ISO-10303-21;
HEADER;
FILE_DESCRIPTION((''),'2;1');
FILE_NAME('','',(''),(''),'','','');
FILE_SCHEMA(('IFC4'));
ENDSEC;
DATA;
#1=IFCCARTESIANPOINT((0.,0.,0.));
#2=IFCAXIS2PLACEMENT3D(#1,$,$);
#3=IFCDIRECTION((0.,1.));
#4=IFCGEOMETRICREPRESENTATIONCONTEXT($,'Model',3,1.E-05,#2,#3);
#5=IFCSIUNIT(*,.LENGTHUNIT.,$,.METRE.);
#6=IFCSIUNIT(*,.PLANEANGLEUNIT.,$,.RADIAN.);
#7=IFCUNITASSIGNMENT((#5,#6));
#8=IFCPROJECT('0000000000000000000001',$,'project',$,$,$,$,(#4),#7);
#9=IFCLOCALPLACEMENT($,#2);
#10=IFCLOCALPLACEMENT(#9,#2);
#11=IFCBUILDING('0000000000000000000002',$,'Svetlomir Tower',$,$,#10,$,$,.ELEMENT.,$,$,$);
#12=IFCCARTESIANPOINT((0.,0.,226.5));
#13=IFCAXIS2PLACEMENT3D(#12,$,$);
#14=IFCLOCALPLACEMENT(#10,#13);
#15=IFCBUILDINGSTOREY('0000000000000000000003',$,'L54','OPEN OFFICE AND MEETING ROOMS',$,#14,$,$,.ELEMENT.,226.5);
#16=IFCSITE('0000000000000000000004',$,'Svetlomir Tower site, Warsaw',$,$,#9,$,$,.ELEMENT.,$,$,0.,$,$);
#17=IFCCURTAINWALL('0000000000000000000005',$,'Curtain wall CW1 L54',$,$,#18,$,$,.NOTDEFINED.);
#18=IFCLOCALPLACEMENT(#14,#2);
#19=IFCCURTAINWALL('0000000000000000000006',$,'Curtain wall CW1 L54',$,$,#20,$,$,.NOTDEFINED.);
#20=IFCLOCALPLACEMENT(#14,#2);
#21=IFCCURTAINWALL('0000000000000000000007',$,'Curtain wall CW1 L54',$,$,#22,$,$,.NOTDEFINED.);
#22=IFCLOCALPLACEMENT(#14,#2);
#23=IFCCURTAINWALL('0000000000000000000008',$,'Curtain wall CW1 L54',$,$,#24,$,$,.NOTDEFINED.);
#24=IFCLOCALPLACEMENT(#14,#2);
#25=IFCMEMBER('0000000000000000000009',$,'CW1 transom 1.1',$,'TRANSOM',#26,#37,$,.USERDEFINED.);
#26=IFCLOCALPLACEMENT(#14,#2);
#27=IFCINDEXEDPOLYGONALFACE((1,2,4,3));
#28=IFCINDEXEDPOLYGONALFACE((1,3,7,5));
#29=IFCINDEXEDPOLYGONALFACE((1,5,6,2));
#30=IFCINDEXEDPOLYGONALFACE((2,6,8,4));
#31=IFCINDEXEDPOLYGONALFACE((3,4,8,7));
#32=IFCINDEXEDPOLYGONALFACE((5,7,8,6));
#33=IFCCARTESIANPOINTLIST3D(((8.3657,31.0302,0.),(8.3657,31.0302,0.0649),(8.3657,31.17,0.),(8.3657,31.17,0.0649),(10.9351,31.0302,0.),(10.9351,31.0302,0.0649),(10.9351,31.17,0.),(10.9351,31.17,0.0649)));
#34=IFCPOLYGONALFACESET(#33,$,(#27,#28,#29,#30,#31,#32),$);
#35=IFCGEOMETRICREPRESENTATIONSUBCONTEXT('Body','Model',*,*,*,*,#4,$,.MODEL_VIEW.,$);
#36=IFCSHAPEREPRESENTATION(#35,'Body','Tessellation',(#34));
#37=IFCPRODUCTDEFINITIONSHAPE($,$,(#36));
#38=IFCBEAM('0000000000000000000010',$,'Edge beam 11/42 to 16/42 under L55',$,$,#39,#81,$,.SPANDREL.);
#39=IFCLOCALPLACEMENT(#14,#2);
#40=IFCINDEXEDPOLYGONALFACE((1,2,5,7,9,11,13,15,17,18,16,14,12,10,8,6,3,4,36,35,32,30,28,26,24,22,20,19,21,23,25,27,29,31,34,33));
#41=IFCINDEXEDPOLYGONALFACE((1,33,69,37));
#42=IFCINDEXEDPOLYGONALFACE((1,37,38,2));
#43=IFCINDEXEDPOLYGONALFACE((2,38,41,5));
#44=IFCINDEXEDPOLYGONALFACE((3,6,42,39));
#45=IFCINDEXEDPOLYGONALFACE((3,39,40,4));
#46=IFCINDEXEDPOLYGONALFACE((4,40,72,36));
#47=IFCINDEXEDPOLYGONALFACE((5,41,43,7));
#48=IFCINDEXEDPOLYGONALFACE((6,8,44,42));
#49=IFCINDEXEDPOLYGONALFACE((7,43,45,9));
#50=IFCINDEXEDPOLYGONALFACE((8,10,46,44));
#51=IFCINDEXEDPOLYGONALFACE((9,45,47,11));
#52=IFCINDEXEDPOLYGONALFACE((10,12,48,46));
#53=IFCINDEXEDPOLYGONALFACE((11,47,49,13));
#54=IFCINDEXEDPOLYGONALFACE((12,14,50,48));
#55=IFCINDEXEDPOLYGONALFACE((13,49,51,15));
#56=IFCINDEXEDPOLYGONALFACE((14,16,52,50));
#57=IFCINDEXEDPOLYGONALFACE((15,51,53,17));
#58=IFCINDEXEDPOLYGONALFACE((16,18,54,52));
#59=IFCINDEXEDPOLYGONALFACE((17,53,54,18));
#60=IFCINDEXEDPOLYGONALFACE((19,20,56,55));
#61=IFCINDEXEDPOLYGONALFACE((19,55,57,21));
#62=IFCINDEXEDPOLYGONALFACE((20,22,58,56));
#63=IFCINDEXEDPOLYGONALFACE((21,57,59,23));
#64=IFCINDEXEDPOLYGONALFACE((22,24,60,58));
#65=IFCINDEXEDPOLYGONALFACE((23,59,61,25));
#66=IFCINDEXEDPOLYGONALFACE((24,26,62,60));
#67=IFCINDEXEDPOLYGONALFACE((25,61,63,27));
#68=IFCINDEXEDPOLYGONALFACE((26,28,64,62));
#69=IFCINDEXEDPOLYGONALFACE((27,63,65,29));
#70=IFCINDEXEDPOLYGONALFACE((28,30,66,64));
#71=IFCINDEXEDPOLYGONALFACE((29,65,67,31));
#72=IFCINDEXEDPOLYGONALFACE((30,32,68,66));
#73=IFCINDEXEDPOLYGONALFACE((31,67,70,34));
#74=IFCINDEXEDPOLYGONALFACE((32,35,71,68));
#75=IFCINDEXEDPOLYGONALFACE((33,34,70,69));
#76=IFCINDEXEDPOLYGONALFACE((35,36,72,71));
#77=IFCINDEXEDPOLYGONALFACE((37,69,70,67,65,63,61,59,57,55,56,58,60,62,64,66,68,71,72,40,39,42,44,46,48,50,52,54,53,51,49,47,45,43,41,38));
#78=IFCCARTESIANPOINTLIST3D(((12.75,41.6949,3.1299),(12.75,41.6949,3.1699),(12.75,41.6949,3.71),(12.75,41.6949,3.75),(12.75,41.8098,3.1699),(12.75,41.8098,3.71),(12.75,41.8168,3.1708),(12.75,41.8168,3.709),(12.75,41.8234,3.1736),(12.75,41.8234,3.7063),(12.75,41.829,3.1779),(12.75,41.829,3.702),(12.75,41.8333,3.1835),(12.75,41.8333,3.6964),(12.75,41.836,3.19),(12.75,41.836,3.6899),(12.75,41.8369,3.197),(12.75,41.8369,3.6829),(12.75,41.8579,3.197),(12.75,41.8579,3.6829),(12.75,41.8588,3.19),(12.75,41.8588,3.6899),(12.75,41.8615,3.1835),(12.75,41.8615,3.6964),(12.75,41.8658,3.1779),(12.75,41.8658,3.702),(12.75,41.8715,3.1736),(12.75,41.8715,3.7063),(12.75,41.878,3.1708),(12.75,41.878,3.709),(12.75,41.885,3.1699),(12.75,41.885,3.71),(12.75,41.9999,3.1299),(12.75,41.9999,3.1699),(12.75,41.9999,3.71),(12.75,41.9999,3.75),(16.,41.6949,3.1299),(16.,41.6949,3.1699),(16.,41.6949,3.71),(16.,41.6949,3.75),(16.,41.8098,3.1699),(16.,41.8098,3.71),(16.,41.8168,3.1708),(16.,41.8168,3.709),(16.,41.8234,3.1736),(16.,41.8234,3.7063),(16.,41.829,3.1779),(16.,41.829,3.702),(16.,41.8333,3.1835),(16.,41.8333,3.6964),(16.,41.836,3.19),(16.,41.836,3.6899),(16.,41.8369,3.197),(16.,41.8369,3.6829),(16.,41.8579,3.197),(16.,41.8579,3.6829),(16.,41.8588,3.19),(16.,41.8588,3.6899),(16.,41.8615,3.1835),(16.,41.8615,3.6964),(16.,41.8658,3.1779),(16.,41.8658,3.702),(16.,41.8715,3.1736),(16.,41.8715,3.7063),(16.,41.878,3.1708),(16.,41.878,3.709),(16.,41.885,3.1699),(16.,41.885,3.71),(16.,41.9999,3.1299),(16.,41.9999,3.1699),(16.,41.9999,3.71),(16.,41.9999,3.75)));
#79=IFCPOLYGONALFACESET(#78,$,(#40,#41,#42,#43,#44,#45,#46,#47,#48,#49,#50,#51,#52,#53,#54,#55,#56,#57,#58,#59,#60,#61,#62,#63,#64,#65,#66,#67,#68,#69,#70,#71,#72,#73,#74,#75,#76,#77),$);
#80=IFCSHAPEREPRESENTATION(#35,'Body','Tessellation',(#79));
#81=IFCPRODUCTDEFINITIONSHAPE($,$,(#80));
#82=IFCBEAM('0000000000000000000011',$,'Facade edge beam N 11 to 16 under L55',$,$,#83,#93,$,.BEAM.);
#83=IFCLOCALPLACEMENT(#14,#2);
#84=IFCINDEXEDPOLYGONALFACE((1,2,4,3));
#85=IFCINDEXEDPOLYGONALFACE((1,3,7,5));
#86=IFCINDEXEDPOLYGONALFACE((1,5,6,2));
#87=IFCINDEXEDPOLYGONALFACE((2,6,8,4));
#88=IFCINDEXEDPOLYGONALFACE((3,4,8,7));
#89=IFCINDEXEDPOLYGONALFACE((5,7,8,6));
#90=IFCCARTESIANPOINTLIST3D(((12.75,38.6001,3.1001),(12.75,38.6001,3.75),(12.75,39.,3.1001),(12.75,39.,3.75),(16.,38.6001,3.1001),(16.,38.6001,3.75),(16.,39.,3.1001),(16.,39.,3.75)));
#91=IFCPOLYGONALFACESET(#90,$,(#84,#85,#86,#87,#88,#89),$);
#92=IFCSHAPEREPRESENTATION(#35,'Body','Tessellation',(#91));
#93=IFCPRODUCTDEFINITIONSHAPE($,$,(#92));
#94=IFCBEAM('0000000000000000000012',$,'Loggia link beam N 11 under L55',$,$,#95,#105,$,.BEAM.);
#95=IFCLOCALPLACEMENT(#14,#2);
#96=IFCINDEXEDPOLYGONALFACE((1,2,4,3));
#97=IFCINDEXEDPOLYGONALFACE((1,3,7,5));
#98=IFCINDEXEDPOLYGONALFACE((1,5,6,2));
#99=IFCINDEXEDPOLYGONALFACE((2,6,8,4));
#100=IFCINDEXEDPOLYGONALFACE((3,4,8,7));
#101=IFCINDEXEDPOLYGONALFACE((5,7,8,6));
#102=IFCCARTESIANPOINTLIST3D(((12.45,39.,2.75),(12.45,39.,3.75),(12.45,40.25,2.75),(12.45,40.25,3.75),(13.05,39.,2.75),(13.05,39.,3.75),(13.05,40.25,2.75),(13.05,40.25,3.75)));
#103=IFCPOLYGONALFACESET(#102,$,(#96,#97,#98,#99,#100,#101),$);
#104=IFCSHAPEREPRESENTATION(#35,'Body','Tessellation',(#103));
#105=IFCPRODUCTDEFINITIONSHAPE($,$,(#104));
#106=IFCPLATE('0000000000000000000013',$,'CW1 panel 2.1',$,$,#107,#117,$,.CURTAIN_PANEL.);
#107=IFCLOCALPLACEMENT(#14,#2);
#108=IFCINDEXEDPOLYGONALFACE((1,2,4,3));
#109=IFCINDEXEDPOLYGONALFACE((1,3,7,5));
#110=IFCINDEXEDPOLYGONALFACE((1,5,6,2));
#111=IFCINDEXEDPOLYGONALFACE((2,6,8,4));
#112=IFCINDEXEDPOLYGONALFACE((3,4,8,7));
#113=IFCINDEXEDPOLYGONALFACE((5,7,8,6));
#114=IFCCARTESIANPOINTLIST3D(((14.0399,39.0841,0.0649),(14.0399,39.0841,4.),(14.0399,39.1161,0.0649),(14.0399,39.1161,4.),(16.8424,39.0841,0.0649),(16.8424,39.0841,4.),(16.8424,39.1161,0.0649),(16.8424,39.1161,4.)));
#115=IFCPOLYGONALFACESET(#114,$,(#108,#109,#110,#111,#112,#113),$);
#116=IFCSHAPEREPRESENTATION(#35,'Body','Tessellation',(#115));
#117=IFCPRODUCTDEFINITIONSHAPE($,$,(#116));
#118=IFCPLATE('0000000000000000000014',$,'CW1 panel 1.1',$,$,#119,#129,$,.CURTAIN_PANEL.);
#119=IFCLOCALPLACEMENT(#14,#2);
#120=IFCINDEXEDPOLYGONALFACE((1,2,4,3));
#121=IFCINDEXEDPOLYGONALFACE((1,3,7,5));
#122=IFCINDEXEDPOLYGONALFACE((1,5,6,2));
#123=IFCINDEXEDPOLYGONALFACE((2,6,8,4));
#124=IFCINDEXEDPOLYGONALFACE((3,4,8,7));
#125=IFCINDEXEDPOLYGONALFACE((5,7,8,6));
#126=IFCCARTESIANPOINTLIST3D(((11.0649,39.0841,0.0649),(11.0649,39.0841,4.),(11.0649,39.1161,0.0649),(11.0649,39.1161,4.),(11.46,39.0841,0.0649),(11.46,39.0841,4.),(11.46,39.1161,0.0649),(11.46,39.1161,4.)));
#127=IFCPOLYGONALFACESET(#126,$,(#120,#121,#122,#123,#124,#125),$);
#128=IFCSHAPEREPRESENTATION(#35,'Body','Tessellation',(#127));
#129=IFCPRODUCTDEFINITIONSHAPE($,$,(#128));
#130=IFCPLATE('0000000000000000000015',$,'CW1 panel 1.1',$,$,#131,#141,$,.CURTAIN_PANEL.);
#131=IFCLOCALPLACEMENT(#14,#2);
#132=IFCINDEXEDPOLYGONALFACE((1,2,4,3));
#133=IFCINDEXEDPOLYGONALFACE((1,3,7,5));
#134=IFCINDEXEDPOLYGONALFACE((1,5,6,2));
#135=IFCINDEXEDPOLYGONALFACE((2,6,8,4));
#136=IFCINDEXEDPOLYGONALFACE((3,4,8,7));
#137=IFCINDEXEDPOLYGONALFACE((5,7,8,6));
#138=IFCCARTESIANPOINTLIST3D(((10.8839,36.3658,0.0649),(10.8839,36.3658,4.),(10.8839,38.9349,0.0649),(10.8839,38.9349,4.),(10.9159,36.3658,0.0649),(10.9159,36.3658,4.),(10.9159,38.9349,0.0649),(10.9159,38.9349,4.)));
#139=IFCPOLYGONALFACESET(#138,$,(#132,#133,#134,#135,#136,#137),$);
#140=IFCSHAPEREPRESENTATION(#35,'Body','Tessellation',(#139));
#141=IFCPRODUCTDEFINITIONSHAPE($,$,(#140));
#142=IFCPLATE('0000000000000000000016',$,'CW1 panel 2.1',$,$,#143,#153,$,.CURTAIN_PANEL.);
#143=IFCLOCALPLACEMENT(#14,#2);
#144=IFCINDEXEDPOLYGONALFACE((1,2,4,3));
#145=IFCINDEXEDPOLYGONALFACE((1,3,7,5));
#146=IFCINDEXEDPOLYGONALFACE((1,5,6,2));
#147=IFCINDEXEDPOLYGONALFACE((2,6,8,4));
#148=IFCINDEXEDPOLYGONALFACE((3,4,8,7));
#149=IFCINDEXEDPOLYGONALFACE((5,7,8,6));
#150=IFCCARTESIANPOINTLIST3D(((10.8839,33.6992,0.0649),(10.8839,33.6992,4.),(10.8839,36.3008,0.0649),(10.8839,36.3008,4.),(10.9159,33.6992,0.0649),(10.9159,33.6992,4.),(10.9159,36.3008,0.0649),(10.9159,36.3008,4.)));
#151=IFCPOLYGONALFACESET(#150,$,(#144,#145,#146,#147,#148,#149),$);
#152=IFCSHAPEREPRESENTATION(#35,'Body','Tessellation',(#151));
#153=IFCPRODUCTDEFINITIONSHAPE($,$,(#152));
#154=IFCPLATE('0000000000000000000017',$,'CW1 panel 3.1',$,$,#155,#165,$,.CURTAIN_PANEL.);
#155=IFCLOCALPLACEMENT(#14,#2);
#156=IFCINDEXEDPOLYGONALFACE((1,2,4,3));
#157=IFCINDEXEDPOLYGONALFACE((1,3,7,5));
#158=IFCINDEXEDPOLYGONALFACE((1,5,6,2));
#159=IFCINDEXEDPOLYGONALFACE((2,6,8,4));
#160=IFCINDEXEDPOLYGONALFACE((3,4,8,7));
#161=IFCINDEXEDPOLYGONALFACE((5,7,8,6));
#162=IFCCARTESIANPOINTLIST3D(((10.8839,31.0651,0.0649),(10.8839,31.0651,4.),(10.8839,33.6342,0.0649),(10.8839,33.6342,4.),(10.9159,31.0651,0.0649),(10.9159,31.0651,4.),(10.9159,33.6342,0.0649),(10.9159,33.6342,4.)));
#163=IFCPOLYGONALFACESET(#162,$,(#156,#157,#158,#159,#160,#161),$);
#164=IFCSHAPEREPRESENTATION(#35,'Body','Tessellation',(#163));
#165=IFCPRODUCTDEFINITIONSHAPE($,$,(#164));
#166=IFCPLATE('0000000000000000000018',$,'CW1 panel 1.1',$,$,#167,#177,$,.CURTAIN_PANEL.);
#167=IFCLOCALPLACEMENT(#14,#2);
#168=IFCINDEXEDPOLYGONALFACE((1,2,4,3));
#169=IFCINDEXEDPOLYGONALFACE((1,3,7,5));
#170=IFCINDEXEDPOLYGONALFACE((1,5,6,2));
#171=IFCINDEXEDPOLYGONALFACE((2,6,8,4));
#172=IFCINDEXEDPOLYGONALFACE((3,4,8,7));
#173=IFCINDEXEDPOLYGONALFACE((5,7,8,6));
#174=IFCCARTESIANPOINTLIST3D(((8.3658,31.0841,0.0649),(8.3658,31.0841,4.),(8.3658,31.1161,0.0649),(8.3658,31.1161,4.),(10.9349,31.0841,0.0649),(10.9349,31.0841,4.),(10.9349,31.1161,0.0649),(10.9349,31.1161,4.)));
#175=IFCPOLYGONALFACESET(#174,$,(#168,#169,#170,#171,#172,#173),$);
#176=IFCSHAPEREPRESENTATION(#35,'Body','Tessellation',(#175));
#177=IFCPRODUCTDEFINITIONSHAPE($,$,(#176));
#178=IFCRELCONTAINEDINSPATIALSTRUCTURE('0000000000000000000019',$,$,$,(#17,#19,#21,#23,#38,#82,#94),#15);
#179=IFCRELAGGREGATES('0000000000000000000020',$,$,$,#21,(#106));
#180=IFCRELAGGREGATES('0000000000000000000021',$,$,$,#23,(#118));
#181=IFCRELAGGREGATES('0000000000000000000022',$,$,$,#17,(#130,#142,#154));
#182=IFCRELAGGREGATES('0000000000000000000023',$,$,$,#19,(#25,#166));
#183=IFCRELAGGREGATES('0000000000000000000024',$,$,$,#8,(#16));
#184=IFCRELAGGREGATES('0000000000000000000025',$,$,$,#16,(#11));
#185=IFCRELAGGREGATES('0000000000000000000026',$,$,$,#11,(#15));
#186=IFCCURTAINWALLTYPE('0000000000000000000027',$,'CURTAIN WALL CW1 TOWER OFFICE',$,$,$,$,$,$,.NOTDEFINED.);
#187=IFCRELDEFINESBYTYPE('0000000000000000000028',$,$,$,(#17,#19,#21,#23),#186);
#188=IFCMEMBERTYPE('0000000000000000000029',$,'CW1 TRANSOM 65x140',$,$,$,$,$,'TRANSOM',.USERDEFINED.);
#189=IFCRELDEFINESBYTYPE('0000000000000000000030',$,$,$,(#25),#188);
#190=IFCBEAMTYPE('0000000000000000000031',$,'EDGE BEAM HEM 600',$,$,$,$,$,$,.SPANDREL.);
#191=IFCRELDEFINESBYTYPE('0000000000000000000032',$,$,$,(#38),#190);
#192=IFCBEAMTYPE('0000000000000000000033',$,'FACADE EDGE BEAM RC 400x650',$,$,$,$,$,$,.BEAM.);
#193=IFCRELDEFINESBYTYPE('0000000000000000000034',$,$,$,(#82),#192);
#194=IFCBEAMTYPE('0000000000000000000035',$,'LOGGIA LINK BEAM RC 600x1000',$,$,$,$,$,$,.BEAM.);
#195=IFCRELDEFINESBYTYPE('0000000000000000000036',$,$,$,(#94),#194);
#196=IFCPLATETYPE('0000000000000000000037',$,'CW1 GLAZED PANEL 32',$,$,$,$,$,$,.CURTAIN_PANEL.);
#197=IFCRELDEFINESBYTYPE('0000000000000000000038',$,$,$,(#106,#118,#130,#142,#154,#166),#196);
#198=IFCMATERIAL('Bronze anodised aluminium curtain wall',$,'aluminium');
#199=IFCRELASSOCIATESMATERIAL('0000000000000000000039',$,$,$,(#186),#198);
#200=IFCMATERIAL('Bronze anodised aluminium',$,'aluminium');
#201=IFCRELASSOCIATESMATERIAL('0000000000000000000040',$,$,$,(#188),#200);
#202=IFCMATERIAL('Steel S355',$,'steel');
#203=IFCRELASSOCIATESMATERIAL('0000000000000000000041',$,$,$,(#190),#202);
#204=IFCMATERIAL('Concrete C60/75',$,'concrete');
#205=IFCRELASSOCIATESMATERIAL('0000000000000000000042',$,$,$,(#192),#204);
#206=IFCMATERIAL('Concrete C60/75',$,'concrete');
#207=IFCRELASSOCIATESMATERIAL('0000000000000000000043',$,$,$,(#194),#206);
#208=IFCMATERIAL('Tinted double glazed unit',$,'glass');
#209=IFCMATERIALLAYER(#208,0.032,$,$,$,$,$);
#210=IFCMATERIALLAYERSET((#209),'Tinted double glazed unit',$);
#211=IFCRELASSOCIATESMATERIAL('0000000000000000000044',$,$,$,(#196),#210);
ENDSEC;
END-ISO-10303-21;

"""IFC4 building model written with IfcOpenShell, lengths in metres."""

from ifc_helpers import new_model, si_unit, direction, frame, origin, origin_2d, place, context, subcontext, project, spatial, rectangle, i_section, extrude, material, layer, layer_set, material_profile, profile_set, type_object, element, aggregate, save


model = new_model("IFC4")

# Units and contexts
model_context = context("Model", 3, precision=1e-05, world=origin(), true_north=direction((0.0, 1.0)))
body_context = subcontext(model_context, "Body", "Model", "MODEL_VIEW")
ifc_project = project(units=[si_unit("LENGTHUNIT", "METRE"), si_unit("PLANEANGLEUNIT", "RADIAN")], contexts=[model_context])

# Site, building, storey
site_placement = place(None, origin())
site = spatial("IfcSite", under=ifc_project, at=site_placement, Name="Svetlomir Tower site, Warsaw", CompositionType="ELEMENT", RefElevation=0.0)
building_placement = place(site_placement, origin())
building = spatial("IfcBuilding", under=site, at=building_placement, Name="Svetlomir Tower", CompositionType="ELEMENT")
storey_placement = place(building_placement, frame((0.0, 0.0, 226.5)))
storey = spatial("IfcBuildingStorey", under=building, at=storey_placement, Name="L54", Description="OPEN OFFICE AND MEETING ROOMS", CompositionType="ELEMENT", Elevation=226.5)

# Curtain walls
ifc_material_1 = material(Name="Bronze anodised aluminium curtain wall", Category="aluminium")
curtain_wall_type = type_object("IfcCurtainWallType", Name="CURTAIN WALL CW1 TOWER OFFICE", PredefinedType="NOTDEFINED", material=ifc_material_1)
curtain_wall_1_placement = place(storey_placement, origin())
curtain_wall_1 = element("IfcCurtainWall", 1, at=curtain_wall_1_placement, inside=storey, type_object=curtain_wall_type, Name="Curtain wall CW1 L54", PredefinedType="NOTDEFINED")
curtain_wall_2_placement = place(storey_placement, origin())
curtain_wall_2 = element("IfcCurtainWall", 2, at=curtain_wall_2_placement, inside=storey, type_object=curtain_wall_type, Name="Curtain wall CW1 L54", PredefinedType="NOTDEFINED")
curtain_wall_3_placement = place(storey_placement, origin())
curtain_wall_3 = element("IfcCurtainWall", 3, at=curtain_wall_3_placement, inside=storey, type_object=curtain_wall_type, Name="Curtain wall CW1 L54", PredefinedType="NOTDEFINED")

# Curtain wall
curtain_wall_4_placement = place(storey_placement, origin())
curtain_wall_4 = element("IfcCurtainWall", 4, at=curtain_wall_4_placement, inside=storey, type_object=curtain_wall_type, Name="Curtain wall CW1 L54", PredefinedType="NOTDEFINED")

# Member
ifc_material_2 = material(Name="Bronze anodised aluminium", Category="aluminium")
ifc_material_profile_1 = material_profile(ifc_material_2, rectangle(XDim=0.1399, YDim=0.0649, at=origin_2d()), Name="AL 140x65")
ifc_profile_set_1 = profile_set([ifc_material_profile_1], Name="Bronze anodised aluminium 6063-T6")
member_type_1 = type_object("IfcMemberType", Name="CW1 TRANSOM 65x140", ElementType="TRANSOM", PredefinedType="USERDEFINED", material=ifc_profile_set_1)
member_1_placement = place(storey_placement, frame((10.9351, 31.1001, 0.0325), z_axis=(-1.0, 0.0, 0.0), x_axis=(0.0, -1.0, 0.0)))
member_1 = element("IfcMember", 5, at=member_1_placement, type_object=member_type_1, Name="CW1 transom 1.1", ObjectType="TRANSOM", PredefinedType="USERDEFINED", context=body_context, shape_type="SweptSolid", body=[
    extrude(rectangle(XDim=0.1399, YDim=0.0649, at=origin_2d()), origin(), (0.0, 0.0, 1.0), 2.5693),
])

# Beams
ifc_material_3 = material(Name="Steel S355", Category="steel")
ifc_material_profile_2 = material_profile(ifc_material_3, i_section(OverallWidth=0.3049, OverallDepth=0.6201, WebThickness=0.021, FlangeThickness=0.04, FilletRadius=0.0271, at=origin_2d()), Name="HEM 600")
ifc_profile_set_2 = profile_set([ifc_material_profile_2], Name="Steel S355")
beam_type_1 = type_object("IfcBeamType", Name="EDGE BEAM HEM 600", PredefinedType="SPANDREL", material=ifc_profile_set_2)
beam_1_placement = place(storey_placement, frame((12.75, 41.8474, 3.4399), z_axis=(1.0, 0.0, 0.0), x_axis=(0.0, 1.0, 0.0)))
element("IfcBeam", 6, at=beam_1_placement, inside=storey, type_object=beam_type_1, Name="Edge beam 11/42 to 16/42 under L55", PredefinedType="SPANDREL", context=body_context, shape_type="SweptSolid", body=[
    extrude(i_section(OverallWidth=0.3049, OverallDepth=0.6201, WebThickness=0.021, FlangeThickness=0.04, FilletRadius=0.0271, at=origin_2d()), origin(), (0.0, 0.0, 1.0), 3.25),
])
ifc_material_4 = material(Name="Concrete C60/75", Category="concrete")
ifc_material_profile_3 = material_profile(ifc_material_4, rectangle(XDim=0.3999, YDim=0.6499, at=origin_2d()), Name="RC 400x650")
ifc_profile_set_3 = profile_set([ifc_material_profile_3], Name="Concrete C60/75")
beam_type_2 = type_object("IfcBeamType", Name="FACADE EDGE BEAM RC 400x650", PredefinedType="BEAM", material=ifc_profile_set_3)
beam_2_placement = place(storey_placement, frame((12.75, 38.8, 3.425), z_axis=(1.0, 0.0, 0.0), x_axis=(0.0, 1.0, 0.0)))
element("IfcBeam", 7, at=beam_2_placement, inside=storey, type_object=beam_type_2, Name="Facade edge beam N 11 to 16 under L55", PredefinedType="BEAM", context=body_context, shape_type="SweptSolid", body=[
    extrude(rectangle(XDim=0.3999, YDim=0.6499, at=origin_2d()), origin(), (0.0, 0.0, 1.0), 3.25),
])
ifc_material_5 = material(Name="Concrete C60/75", Category="concrete")
ifc_material_profile_4 = material_profile(ifc_material_5, rectangle(XDim=0.6001, YDim=1.0, at=origin_2d()), Name="RC 600x1000")
ifc_profile_set_4 = profile_set([ifc_material_profile_4], Name="Concrete C60/75")
beam_type_3 = type_object("IfcBeamType", Name="LOGGIA LINK BEAM RC 600x1000", PredefinedType="BEAM", material=ifc_profile_set_4)
beam_3_placement = place(storey_placement, frame((12.75, 40.25, 3.25), z_axis=(0.0, -1.0, 0.0), x_axis=(1.0, 0.0, 0.0)))
element("IfcBeam", 8, at=beam_3_placement, inside=storey, type_object=beam_type_3, Name="Loggia link beam N 11 under L55", PredefinedType="BEAM", context=body_context, shape_type="SweptSolid", body=[
    extrude(rectangle(XDim=0.6001, YDim=1.0, at=origin_2d()), origin(), (0.0, 0.0, 1.0), 1.25),
])

# Plates
ifc_material_6 = material(Name="Tinted double glazed unit", Category="glass")
ifc_layer = layer(ifc_material_6, 0.032)
ifc_layer_set = layer_set([ifc_layer], Name="Tinted double glazed unit")
plate_type = type_object("IfcPlateType", Name="CW1 GLAZED PANEL 32", PredefinedType="CURTAIN_PANEL", material=ifc_layer_set)
plate_1_placement = place(storey_placement, frame((15.4412, 39.1001, 0.0649), z_axis=(0.0, 0.0, 1.0), x_axis=(-1.0, 0.0, 0.0)))
plate_1 = element("IfcPlate", 9, at=plate_1_placement, type_object=plate_type, Name="CW1 panel 2.1", PredefinedType="CURTAIN_PANEL", context=body_context, shape_type="SweptSolid", body=[
    extrude(rectangle(XDim=2.8025, YDim=0.032, at=origin_2d()), origin(), (0.0, 0.0, 1.0), 3.9351),
])
aggregate(curtain_wall_3, [plate_1])
plate_2_placement = place(storey_placement, frame((11.2625, 39.1001, 0.0649), z_axis=(0.0, 0.0, 1.0), x_axis=(-1.0, 0.0, 0.0)))
plate_2 = element("IfcPlate", 10, at=plate_2_placement, type_object=plate_type, Name="CW1 panel 1.1", PredefinedType="CURTAIN_PANEL", context=body_context, shape_type="SweptSolid", body=[
    extrude(rectangle(XDim=0.395, YDim=0.032, at=origin_2d()), origin(), (0.0, 0.0, 1.0), 3.9351),
])
aggregate(curtain_wall_4, [plate_2])
plate_3_placement = place(storey_placement, frame((10.8999, 37.6504, 0.0649), z_axis=(0.0, 0.0, 1.0), x_axis=(0.0, -1.0, 0.0)))
plate_3 = element("IfcPlate", 11, at=plate_3_placement, type_object=plate_type, Name="CW1 panel 1.1", PredefinedType="CURTAIN_PANEL", context=body_context, shape_type="SweptSolid", body=[
    extrude(rectangle(XDim=2.5691, YDim=0.032, at=origin_2d()), origin(), (0.0, 0.0, 1.0), 3.9351),
])
plate_4_placement = place(storey_placement, frame((10.8999, 35.0, 0.0649), z_axis=(0.0, 0.0, 1.0), x_axis=(0.0, -1.0, 0.0)))
plate_4 = element("IfcPlate", 12, at=plate_4_placement, type_object=plate_type, Name="CW1 panel 2.1", PredefinedType="CURTAIN_PANEL", context=body_context, shape_type="SweptSolid", body=[
    extrude(rectangle(XDim=2.6016, YDim=0.032, at=origin_2d()), origin(), (0.0, 0.0, 1.0), 3.9351),
])
plate_5_placement = place(storey_placement, frame((10.8999, 32.3496, 0.0649), z_axis=(0.0, 0.0, 1.0), x_axis=(0.0, -1.0, 0.0)))
plate_5 = element("IfcPlate", 13, at=plate_5_placement, type_object=plate_type, Name="CW1 panel 3.1", PredefinedType="CURTAIN_PANEL", context=body_context, shape_type="SweptSolid", body=[
    extrude(rectangle(XDim=2.5691, YDim=0.032, at=origin_2d()), origin(), (0.0, 0.0, 1.0), 3.9351),
])
aggregate(curtain_wall_1, [plate_3, plate_4, plate_5])
plate_6_placement = place(storey_placement, frame((9.6504, 31.1001, 0.0649), z_axis=(0.0, 0.0, 1.0), x_axis=(-1.0, 0.0, 0.0)))
plate_6 = element("IfcPlate", 14, at=plate_6_placement, type_object=plate_type, Name="CW1 panel 1.1", PredefinedType="CURTAIN_PANEL", context=body_context, shape_type="SweptSolid", body=[
    extrude(rectangle(XDim=2.5691, YDim=0.032, at=origin_2d()), origin(), (0.0, 0.0, 1.0), 3.9351),
])
aggregate(curtain_wall_2, [member_1, plate_6])

save(model, "model.ifc")
